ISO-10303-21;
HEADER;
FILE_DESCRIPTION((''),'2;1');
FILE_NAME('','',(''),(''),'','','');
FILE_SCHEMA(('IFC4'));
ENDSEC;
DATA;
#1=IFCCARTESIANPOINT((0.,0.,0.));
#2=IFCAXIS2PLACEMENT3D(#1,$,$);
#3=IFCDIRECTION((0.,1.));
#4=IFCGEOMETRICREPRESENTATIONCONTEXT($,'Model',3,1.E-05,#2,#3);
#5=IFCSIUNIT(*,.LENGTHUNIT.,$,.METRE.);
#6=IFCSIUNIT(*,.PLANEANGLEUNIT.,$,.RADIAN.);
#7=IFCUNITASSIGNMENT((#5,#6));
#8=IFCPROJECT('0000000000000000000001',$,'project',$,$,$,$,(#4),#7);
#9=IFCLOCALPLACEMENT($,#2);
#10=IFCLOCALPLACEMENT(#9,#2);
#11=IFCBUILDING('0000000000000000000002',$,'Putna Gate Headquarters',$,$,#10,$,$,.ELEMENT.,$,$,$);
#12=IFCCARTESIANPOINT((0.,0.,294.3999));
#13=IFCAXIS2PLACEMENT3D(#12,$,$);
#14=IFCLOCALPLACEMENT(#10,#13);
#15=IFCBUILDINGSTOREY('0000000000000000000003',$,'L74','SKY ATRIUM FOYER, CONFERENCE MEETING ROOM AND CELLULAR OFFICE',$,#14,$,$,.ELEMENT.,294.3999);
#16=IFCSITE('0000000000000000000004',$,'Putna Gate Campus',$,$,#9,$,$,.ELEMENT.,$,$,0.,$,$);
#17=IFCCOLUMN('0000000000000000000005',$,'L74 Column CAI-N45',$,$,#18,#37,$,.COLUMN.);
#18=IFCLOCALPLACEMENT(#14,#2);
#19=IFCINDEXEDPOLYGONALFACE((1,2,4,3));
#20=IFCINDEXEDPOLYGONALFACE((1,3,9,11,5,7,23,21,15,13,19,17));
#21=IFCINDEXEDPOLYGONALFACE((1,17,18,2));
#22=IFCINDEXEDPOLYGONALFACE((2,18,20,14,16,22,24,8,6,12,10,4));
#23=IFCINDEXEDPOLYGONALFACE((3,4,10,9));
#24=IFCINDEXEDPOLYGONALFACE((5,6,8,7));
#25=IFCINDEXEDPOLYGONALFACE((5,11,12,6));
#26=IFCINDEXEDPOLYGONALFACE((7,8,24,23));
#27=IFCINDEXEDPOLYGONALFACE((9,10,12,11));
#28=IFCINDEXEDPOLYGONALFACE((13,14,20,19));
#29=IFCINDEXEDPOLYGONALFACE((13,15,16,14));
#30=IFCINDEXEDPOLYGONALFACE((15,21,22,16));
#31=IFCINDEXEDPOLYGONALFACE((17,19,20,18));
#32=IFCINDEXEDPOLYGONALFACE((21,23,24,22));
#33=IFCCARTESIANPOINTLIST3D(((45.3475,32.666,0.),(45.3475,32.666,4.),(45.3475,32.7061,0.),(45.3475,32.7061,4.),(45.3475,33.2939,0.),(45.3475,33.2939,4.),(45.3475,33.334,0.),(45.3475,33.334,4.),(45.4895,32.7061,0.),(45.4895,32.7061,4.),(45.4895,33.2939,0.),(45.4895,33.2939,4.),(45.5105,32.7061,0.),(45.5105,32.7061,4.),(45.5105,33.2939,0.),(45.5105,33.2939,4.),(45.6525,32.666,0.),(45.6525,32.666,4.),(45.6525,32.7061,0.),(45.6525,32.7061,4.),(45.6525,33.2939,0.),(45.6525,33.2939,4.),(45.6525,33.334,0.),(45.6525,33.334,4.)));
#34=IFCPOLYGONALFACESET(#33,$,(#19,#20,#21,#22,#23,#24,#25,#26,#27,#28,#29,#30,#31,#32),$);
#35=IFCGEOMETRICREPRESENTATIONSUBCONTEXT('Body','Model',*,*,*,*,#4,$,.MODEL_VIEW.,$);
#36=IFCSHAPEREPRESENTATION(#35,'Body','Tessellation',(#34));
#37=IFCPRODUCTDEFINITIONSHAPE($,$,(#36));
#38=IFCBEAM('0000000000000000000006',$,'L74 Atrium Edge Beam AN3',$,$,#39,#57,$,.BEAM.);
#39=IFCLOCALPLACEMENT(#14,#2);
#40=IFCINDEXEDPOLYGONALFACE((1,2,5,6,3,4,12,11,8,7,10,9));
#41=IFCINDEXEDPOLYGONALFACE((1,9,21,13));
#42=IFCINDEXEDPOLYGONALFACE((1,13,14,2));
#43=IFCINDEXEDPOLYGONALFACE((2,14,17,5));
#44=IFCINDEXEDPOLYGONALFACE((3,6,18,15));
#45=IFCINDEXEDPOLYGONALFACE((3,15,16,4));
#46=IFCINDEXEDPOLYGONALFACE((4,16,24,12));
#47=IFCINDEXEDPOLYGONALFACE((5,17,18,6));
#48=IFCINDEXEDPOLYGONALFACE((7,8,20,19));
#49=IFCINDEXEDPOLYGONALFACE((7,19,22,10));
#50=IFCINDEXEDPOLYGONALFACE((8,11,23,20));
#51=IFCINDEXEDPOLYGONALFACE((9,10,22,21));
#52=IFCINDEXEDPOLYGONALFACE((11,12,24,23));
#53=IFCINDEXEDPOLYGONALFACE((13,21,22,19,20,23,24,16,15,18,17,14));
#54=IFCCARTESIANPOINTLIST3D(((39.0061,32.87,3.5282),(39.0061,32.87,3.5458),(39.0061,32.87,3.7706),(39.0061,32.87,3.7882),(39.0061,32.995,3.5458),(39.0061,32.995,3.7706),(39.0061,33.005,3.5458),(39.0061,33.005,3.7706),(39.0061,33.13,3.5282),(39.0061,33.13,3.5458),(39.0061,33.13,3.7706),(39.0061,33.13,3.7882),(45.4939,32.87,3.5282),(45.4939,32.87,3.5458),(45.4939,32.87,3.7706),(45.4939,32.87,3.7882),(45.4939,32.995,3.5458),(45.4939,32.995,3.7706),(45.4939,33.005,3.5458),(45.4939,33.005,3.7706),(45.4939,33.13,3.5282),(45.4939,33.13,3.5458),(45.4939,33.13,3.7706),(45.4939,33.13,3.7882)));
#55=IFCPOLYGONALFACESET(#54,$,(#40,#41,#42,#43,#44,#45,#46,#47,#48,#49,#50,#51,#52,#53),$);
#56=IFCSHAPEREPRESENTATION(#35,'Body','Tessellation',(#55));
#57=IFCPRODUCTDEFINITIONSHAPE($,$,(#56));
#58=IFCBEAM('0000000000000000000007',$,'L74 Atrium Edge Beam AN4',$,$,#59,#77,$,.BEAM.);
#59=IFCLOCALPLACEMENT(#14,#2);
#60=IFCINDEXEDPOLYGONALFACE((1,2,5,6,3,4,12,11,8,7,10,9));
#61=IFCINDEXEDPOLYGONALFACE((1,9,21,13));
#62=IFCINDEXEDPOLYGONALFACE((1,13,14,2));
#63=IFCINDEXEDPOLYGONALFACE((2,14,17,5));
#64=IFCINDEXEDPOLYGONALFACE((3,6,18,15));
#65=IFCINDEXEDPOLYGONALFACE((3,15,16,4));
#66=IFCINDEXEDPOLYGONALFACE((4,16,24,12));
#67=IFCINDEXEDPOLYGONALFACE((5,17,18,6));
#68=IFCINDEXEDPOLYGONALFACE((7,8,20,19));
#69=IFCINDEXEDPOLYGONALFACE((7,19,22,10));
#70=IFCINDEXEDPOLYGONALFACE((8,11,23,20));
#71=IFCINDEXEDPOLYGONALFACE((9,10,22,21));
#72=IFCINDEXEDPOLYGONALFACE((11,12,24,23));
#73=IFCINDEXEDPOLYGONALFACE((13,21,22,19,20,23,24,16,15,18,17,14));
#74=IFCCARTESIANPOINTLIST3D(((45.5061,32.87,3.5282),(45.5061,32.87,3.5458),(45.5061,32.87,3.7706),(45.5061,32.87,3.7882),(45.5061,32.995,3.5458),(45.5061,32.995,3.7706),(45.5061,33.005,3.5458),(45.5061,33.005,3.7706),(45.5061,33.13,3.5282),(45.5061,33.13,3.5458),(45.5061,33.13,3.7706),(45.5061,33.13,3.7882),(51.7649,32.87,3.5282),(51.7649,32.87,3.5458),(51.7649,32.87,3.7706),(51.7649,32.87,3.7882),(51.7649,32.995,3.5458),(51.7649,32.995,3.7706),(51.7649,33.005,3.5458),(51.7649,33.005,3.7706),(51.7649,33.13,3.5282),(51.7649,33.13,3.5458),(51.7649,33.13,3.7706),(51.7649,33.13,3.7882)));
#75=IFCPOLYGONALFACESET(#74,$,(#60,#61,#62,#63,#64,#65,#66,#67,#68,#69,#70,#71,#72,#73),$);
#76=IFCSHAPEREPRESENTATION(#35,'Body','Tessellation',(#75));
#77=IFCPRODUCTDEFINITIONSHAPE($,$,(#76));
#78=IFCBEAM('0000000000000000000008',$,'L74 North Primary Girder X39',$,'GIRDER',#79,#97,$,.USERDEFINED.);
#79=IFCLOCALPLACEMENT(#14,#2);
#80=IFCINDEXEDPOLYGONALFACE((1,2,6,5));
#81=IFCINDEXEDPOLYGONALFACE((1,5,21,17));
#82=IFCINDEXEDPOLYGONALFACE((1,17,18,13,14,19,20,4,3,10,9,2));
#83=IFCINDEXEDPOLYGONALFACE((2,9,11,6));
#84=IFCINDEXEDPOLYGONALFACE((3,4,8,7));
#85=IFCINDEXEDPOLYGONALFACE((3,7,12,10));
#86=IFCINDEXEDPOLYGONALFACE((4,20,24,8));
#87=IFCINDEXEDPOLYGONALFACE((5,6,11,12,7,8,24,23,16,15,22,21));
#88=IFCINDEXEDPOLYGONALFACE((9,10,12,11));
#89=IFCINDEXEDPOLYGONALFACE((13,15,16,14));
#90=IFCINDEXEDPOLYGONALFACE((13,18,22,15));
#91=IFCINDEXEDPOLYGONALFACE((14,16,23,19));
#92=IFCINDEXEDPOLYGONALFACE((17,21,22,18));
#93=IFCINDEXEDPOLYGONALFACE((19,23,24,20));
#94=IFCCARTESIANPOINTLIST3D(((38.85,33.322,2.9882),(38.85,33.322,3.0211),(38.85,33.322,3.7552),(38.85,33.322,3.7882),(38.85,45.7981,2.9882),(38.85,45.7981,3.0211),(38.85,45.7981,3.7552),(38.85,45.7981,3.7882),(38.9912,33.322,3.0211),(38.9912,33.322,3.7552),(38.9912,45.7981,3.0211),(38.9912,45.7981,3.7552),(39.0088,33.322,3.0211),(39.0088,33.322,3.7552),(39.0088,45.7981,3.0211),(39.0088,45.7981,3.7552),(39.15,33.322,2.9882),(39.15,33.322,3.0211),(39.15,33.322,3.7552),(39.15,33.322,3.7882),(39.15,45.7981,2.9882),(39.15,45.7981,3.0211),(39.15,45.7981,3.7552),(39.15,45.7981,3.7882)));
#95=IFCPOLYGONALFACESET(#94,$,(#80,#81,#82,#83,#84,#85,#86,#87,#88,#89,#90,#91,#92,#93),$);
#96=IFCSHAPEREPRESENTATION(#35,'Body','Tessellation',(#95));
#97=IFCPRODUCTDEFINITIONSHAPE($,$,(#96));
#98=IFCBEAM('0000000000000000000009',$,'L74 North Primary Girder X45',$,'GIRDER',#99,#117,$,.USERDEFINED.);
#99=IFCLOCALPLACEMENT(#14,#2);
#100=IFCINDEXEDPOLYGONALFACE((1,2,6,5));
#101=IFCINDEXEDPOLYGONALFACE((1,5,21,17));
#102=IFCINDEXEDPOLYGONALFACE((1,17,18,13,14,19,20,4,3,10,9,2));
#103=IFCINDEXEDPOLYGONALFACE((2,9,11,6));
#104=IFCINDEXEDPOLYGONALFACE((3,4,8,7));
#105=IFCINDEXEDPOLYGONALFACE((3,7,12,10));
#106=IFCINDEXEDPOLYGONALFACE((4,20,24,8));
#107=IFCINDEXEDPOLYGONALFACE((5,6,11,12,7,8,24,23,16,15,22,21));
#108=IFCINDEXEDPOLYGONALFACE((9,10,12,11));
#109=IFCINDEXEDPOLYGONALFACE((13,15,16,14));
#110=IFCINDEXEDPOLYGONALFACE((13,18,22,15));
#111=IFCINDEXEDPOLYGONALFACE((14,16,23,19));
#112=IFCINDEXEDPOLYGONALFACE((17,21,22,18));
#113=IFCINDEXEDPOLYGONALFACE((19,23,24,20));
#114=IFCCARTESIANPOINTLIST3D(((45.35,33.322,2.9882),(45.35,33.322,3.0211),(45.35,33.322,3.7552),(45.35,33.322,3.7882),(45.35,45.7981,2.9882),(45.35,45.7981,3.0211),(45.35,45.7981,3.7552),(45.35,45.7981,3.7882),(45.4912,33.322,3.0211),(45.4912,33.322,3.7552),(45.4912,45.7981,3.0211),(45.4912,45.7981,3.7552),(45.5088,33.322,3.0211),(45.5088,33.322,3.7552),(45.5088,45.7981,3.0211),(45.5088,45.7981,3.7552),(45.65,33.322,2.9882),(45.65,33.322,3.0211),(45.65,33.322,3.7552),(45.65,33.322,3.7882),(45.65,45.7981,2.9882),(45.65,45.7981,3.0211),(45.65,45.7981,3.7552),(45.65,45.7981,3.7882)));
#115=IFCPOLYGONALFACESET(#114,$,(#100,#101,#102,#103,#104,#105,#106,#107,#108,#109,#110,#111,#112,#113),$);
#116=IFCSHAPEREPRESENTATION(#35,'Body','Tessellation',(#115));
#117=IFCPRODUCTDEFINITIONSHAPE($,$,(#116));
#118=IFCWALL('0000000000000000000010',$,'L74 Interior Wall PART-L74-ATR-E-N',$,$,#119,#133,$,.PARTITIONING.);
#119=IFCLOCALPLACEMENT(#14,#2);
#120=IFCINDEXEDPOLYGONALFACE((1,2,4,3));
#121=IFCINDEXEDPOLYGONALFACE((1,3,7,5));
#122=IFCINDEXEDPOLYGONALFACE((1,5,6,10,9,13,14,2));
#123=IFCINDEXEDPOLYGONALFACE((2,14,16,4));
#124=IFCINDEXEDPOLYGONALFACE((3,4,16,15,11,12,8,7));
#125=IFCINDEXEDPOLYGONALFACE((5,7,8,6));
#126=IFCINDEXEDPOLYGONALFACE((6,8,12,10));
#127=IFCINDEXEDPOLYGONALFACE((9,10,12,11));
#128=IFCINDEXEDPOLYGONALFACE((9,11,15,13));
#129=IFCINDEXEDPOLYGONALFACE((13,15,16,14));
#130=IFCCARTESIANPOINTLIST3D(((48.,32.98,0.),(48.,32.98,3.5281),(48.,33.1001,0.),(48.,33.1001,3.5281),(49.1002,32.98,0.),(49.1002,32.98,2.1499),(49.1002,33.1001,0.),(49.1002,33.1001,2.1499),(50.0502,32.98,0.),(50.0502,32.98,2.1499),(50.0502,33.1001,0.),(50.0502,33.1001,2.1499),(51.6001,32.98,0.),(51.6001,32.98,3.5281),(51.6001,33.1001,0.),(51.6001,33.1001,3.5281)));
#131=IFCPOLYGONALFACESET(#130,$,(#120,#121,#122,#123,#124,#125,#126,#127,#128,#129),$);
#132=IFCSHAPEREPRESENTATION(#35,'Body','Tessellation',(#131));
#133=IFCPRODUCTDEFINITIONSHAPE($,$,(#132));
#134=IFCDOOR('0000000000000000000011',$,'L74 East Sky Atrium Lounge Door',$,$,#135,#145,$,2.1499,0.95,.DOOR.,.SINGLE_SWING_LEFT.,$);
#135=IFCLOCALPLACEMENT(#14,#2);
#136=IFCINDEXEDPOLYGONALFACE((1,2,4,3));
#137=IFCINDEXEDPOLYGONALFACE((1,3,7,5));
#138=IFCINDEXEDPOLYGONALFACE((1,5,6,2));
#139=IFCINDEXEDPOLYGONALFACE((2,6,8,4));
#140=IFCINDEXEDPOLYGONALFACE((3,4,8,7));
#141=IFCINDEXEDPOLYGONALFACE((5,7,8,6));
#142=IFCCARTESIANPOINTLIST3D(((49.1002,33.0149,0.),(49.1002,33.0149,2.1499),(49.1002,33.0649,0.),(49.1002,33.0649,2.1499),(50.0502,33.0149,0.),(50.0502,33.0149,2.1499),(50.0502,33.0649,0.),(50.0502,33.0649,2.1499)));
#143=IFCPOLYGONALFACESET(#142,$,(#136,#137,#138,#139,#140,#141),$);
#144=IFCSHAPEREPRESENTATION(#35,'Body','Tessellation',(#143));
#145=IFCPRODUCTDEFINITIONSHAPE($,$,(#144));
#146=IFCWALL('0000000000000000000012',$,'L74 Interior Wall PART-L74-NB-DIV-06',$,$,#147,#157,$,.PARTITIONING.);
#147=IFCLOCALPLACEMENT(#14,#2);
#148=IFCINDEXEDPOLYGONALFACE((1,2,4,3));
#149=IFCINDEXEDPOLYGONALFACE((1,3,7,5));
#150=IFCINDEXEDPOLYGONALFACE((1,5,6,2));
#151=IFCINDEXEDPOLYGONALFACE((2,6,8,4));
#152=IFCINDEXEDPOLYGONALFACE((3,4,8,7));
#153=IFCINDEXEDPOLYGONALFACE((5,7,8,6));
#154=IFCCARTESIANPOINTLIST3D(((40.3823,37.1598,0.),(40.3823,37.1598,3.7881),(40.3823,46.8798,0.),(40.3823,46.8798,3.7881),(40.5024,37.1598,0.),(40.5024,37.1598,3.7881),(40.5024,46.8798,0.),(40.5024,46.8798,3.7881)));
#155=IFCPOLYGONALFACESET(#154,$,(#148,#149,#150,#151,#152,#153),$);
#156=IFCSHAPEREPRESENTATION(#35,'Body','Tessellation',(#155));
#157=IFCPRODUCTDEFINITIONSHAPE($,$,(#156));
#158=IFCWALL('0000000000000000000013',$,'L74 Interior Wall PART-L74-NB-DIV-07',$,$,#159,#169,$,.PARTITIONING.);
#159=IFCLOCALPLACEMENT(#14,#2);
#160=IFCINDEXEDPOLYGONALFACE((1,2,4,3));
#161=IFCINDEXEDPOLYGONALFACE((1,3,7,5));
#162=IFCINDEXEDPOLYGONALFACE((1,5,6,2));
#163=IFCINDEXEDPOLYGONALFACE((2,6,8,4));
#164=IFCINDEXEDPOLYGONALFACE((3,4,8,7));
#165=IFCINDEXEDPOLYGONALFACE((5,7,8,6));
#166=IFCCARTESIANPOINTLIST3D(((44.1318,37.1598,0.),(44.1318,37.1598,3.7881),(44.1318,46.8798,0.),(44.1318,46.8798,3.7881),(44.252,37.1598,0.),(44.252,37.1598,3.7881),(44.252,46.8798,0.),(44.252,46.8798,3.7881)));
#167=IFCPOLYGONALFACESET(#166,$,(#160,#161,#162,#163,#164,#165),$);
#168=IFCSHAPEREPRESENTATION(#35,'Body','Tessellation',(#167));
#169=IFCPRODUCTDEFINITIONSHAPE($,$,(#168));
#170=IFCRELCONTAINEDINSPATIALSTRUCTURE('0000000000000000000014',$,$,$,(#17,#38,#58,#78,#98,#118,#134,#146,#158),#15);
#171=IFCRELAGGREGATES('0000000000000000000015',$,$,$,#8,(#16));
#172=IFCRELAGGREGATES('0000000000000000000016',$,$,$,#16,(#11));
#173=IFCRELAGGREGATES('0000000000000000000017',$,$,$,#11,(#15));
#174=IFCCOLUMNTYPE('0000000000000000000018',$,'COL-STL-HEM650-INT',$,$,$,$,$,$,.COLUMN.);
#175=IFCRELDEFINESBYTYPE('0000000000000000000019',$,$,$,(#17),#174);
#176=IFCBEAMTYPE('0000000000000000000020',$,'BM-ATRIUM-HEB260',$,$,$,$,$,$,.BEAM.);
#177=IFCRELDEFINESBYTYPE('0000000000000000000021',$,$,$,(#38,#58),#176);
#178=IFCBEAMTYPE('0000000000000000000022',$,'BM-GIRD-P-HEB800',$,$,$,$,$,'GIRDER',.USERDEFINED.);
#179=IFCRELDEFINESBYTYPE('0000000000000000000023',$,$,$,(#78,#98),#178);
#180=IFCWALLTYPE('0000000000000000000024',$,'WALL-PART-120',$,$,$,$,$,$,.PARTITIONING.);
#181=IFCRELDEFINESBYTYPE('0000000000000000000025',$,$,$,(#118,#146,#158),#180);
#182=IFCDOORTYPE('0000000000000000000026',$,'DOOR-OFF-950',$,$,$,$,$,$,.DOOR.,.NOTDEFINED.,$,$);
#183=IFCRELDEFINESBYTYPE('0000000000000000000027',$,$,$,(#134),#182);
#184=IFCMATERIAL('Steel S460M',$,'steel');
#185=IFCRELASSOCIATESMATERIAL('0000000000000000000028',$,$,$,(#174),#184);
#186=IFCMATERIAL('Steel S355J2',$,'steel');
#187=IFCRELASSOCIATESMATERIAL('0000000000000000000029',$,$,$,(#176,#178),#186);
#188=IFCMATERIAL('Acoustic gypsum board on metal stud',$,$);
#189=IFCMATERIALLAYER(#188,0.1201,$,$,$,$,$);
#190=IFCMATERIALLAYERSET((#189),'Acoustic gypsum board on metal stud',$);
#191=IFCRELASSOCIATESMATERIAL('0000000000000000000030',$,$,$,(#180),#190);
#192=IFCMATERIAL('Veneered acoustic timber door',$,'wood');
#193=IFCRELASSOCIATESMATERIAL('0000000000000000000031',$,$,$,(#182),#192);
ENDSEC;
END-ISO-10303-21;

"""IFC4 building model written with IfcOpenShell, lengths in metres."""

from ifc_helpers import new_model, si_unit, direction, frame, frame_2d, origin, origin_2d, place, context, subcontext, project, spatial, rectangle, i_section, extrude, material, layer, layer_set, material_profile, profile_set, type_object, element, fill, save


model = new_model("IFC4")

# Units and contexts
model_context = context("Model", 3, precision=1e-05, world=origin(), true_north=direction((0.0, 1.0)))
body_context = subcontext(model_context, "Body", "Model", "MODEL_VIEW")
ifc_project = project(units=[si_unit("LENGTHUNIT", "METRE"), si_unit("PLANEANGLEUNIT", "RADIAN")], contexts=[model_context])

# Site, building, storey
site_placement = place(None, origin())
site = spatial("IfcSite", under=ifc_project, at=site_placement, Name="Putna Gate Campus", CompositionType="ELEMENT", RefElevation=0.0)
building_placement = place(site_placement, origin())
building = spatial("IfcBuilding", under=site, at=building_placement, Name="Putna Gate Headquarters", CompositionType="ELEMENT")
storey_placement = place(building_placement, frame((0.0, 0.0, 294.3999)))
storey = spatial("IfcBuildingStorey", under=building, at=storey_placement, Name="L74", Description="SKY ATRIUM FOYER, CONFERENCE MEETING ROOM AND CELLULAR OFFICE", CompositionType="ELEMENT", Elevation=294.3999)

# Column
ifc_material_1 = material(Name="Steel S460M", Category="steel")
ifc_material_profile_1 = material_profile(ifc_material_1, i_section(OverallWidth=0.3049, OverallDepth=0.668, WebThickness=0.021, FlangeThickness=0.04, at=origin_2d()), Name="Steel S460M")
ifc_profile_set_1 = profile_set([ifc_material_profile_1], Name="Steel S460M")
column_type = type_object("IfcColumnType", Name="COL-STL-HEM650-INT", PredefinedType="COLUMN", material=ifc_profile_set_1)
column_placement = place(storey_placement, frame((45.5, 33.0, 0.0), z_axis=(0.0, 0.0, 1.0), x_axis=(1.0, 0.0, 0.0)))
element("IfcColumn", 1, at=column_placement, inside=storey, type_object=column_type, Name="L74 Column CAI-N45", PredefinedType="COLUMN", context=body_context, shape_type="SweptSolid", body=[
    extrude(i_section(OverallWidth=0.3049, OverallDepth=0.668, WebThickness=0.021, FlangeThickness=0.04, at=origin_2d()), origin(), (0.0, 0.0, 1.0), 4.0),
])

# Beams
ifc_material_2 = material(Name="Steel S355J2", Category="steel")
ifc_material_profile_2 = material_profile(ifc_material_2, i_section(OverallWidth=0.26, OverallDepth=0.26, WebThickness=0.01, FlangeThickness=0.0176, at=origin_2d()), Name="Steel S355J2")
ifc_profile_set_2 = profile_set([ifc_material_profile_2], Name="Steel S355J2")
beam_type_1 = type_object("IfcBeamType", Name="BM-ATRIUM-HEB260", PredefinedType="BEAM", material=ifc_profile_set_2)
beam_1_placement = place(storey_placement, frame((39.0061, 33.0, 3.6582), z_axis=(1.0, 0.0, 0.0), x_axis=(0.0, 1.0, 0.0)))
element("IfcBeam", 2, at=beam_1_placement, inside=storey, type_object=beam_type_1, Name="L74 Atrium Edge Beam AN3", PredefinedType="BEAM", context=body_context, shape_type="SweptSolid", body=[
    extrude(i_section(OverallWidth=0.26, OverallDepth=0.26, WebThickness=0.01, FlangeThickness=0.0176, at=origin_2d()), origin(), (0.0, 0.0, 1.0), 6.4878),
])
beam_2_placement = place(storey_placement, frame((45.5061, 33.0, 3.6582), z_axis=(1.0, 0.0, 0.0), x_axis=(0.0, 1.0, 0.0)))
element("IfcBeam", 3, at=beam_2_placement, inside=storey, type_object=beam_type_1, Name="L74 Atrium Edge Beam AN4", PredefinedType="BEAM", context=body_context, shape_type="SweptSolid", body=[
    extrude(i_section(OverallWidth=0.26, OverallDepth=0.26, WebThickness=0.01, FlangeThickness=0.0176, at=origin_2d()), origin(), (0.0, 0.0, 1.0), 6.2588),
])
ifc_material_profile_3 = material_profile(ifc_material_2, i_section(OverallWidth=0.3, OverallDepth=0.8, WebThickness=0.0176, FlangeThickness=0.033, at=origin_2d()), Name="Steel S355J2")
ifc_profile_set_3 = profile_set([ifc_material_profile_3], Name="Steel S355J2")
beam_type_2 = type_object("IfcBeamType", Name="BM-GIRD-P-HEB800", ElementType="GIRDER", PredefinedType="USERDEFINED", material=ifc_profile_set_3)
for number, where, z_axis, x_axis, name in (
    (4, (39.0, 33.322, 3.3882), (0.0, 1.0, 0.0), (-1.0, 0.0, 0.0), "L74 North Primary Girder X39"),
    (5, (45.5, 33.322, 3.3882), (0.0, 1.0, 0.0), (-1.0, 0.0, 0.0), "L74 North Primary Girder X45"),
):
    element("IfcBeam", number, at=place(storey_placement, frame(where, z_axis=z_axis, x_axis=x_axis)), inside=storey, type_object=beam_type_2, Name=name, ObjectType="GIRDER", PredefinedType="USERDEFINED", context=body_context, shape_type="SweptSolid", body=[
        extrude(i_section(OverallWidth=0.3, OverallDepth=0.8, WebThickness=0.0176, FlangeThickness=0.033, at=origin_2d()), origin(), (0.0, 0.0, 1.0), 12.4761),
    ])

# Wall, opening, door
ifc_material_3 = material(Name="Acoustic gypsum board on metal stud")
ifc_layer_1 = layer(ifc_material_3, 0.1201)
ifc_layer_set_1 = layer_set([ifc_layer_1], Name="Acoustic gypsum board on metal stud")
wall_type_1 = type_object("IfcWallType", Name="WALL-PART-120", PredefinedType="PARTITIONING", material=ifc_layer_set_1)
wall_1_placement = place(storey_placement, frame((48.0, 33.04, 0.0), z_axis=(0.0, 0.0, 1.0), x_axis=(1.0, 0.0, 0.0)))
wall_1 = element("IfcWall", 6, at=wall_1_placement, inside=storey, type_object=wall_type_1, Name="L74 Interior Wall PART-L74-ATR-E-N", PredefinedType="PARTITIONING", context=body_context, shape_type="SweptSolid", body=[
    extrude(rectangle(XDim=3.6001, YDim=0.1201, at=frame_2d((1.8, 0.0))), origin(), (0.0, 0.0, 1.0), 3.5281),
])
opening_1_placement = place(wall_1_placement, frame((1.1001, 0.0, 0.0)))
opening_1 = element("IfcOpeningElement", 7, at=opening_1_placement, cuts=wall_1, PredefinedType="OPENING", context=body_context, shape_type="SweptSolid", body=[
    extrude(rectangle(XDim=0.95, YDim=2.1499, at=frame_2d((0.4751, 1.075))), frame((0.0, 0.0701, 0.0), z_axis=(0.0, -1.0, 0.0), x_axis=(1.0, 0.0, 0.0)), (0.0, 0.0, 1.0), 0.1401),
])
ifc_material_4 = material(Name="Veneered acoustic timber door", Category="wood")
door_type_1 = type_object("IfcDoorType", Name="DOOR-OFF-950", OperationType="NOTDEFINED", PredefinedType="DOOR", material=ifc_material_4)
door_1_placement = place(opening_1_placement, origin())
door_1 = element("IfcDoor", 8, at=door_1_placement, inside=storey, type_object=door_type_1, Name="L74 East Sky Atrium Lounge Door", OperationType="SINGLE_SWING_LEFT", OverallHeight=2.1499, OverallWidth=0.95, PredefinedType="DOOR", context=body_context, shape_type="SweptSolid", body=[
    extrude(rectangle(XDim=0.95, YDim=2.1499, at=frame_2d((0.4751, 1.075))), frame((0.0, 0.0249, 0.0), z_axis=(0.0, -1.0, 0.0), x_axis=(1.0, 0.0, 0.0)), (0.0, 0.0, 1.0), 0.05),
])
fill(opening_1, door_1)

# Walls
for number, where, z_axis, x_axis, name in (
    (9, (40.4424, 37.1599, 0.0), (0.0, 0.0, 1.0), (0.0, 1.0, 0.0), "L74 Interior Wall PART-L74-NB-DIV-06"),
    (10, (44.1919, 37.1599, 0.0), (0.0, 0.0, 1.0), (0.0, 1.0, 0.0), "L74 Interior Wall PART-L74-NB-DIV-07"),
):
    element("IfcWall", number, at=place(storey_placement, frame(where, z_axis=z_axis, x_axis=x_axis)), inside=storey, type_object=wall_type_1, Name=name, PredefinedType="PARTITIONING", context=body_context, shape_type="SweptSolid", body=[
        extrude(rectangle(XDim=9.72, YDim=0.1201, at=frame_2d((4.8599, 0.0))), origin(), (0.0, 0.0, 1.0), 3.7881),
    ])

save(model, "model.ifc")
